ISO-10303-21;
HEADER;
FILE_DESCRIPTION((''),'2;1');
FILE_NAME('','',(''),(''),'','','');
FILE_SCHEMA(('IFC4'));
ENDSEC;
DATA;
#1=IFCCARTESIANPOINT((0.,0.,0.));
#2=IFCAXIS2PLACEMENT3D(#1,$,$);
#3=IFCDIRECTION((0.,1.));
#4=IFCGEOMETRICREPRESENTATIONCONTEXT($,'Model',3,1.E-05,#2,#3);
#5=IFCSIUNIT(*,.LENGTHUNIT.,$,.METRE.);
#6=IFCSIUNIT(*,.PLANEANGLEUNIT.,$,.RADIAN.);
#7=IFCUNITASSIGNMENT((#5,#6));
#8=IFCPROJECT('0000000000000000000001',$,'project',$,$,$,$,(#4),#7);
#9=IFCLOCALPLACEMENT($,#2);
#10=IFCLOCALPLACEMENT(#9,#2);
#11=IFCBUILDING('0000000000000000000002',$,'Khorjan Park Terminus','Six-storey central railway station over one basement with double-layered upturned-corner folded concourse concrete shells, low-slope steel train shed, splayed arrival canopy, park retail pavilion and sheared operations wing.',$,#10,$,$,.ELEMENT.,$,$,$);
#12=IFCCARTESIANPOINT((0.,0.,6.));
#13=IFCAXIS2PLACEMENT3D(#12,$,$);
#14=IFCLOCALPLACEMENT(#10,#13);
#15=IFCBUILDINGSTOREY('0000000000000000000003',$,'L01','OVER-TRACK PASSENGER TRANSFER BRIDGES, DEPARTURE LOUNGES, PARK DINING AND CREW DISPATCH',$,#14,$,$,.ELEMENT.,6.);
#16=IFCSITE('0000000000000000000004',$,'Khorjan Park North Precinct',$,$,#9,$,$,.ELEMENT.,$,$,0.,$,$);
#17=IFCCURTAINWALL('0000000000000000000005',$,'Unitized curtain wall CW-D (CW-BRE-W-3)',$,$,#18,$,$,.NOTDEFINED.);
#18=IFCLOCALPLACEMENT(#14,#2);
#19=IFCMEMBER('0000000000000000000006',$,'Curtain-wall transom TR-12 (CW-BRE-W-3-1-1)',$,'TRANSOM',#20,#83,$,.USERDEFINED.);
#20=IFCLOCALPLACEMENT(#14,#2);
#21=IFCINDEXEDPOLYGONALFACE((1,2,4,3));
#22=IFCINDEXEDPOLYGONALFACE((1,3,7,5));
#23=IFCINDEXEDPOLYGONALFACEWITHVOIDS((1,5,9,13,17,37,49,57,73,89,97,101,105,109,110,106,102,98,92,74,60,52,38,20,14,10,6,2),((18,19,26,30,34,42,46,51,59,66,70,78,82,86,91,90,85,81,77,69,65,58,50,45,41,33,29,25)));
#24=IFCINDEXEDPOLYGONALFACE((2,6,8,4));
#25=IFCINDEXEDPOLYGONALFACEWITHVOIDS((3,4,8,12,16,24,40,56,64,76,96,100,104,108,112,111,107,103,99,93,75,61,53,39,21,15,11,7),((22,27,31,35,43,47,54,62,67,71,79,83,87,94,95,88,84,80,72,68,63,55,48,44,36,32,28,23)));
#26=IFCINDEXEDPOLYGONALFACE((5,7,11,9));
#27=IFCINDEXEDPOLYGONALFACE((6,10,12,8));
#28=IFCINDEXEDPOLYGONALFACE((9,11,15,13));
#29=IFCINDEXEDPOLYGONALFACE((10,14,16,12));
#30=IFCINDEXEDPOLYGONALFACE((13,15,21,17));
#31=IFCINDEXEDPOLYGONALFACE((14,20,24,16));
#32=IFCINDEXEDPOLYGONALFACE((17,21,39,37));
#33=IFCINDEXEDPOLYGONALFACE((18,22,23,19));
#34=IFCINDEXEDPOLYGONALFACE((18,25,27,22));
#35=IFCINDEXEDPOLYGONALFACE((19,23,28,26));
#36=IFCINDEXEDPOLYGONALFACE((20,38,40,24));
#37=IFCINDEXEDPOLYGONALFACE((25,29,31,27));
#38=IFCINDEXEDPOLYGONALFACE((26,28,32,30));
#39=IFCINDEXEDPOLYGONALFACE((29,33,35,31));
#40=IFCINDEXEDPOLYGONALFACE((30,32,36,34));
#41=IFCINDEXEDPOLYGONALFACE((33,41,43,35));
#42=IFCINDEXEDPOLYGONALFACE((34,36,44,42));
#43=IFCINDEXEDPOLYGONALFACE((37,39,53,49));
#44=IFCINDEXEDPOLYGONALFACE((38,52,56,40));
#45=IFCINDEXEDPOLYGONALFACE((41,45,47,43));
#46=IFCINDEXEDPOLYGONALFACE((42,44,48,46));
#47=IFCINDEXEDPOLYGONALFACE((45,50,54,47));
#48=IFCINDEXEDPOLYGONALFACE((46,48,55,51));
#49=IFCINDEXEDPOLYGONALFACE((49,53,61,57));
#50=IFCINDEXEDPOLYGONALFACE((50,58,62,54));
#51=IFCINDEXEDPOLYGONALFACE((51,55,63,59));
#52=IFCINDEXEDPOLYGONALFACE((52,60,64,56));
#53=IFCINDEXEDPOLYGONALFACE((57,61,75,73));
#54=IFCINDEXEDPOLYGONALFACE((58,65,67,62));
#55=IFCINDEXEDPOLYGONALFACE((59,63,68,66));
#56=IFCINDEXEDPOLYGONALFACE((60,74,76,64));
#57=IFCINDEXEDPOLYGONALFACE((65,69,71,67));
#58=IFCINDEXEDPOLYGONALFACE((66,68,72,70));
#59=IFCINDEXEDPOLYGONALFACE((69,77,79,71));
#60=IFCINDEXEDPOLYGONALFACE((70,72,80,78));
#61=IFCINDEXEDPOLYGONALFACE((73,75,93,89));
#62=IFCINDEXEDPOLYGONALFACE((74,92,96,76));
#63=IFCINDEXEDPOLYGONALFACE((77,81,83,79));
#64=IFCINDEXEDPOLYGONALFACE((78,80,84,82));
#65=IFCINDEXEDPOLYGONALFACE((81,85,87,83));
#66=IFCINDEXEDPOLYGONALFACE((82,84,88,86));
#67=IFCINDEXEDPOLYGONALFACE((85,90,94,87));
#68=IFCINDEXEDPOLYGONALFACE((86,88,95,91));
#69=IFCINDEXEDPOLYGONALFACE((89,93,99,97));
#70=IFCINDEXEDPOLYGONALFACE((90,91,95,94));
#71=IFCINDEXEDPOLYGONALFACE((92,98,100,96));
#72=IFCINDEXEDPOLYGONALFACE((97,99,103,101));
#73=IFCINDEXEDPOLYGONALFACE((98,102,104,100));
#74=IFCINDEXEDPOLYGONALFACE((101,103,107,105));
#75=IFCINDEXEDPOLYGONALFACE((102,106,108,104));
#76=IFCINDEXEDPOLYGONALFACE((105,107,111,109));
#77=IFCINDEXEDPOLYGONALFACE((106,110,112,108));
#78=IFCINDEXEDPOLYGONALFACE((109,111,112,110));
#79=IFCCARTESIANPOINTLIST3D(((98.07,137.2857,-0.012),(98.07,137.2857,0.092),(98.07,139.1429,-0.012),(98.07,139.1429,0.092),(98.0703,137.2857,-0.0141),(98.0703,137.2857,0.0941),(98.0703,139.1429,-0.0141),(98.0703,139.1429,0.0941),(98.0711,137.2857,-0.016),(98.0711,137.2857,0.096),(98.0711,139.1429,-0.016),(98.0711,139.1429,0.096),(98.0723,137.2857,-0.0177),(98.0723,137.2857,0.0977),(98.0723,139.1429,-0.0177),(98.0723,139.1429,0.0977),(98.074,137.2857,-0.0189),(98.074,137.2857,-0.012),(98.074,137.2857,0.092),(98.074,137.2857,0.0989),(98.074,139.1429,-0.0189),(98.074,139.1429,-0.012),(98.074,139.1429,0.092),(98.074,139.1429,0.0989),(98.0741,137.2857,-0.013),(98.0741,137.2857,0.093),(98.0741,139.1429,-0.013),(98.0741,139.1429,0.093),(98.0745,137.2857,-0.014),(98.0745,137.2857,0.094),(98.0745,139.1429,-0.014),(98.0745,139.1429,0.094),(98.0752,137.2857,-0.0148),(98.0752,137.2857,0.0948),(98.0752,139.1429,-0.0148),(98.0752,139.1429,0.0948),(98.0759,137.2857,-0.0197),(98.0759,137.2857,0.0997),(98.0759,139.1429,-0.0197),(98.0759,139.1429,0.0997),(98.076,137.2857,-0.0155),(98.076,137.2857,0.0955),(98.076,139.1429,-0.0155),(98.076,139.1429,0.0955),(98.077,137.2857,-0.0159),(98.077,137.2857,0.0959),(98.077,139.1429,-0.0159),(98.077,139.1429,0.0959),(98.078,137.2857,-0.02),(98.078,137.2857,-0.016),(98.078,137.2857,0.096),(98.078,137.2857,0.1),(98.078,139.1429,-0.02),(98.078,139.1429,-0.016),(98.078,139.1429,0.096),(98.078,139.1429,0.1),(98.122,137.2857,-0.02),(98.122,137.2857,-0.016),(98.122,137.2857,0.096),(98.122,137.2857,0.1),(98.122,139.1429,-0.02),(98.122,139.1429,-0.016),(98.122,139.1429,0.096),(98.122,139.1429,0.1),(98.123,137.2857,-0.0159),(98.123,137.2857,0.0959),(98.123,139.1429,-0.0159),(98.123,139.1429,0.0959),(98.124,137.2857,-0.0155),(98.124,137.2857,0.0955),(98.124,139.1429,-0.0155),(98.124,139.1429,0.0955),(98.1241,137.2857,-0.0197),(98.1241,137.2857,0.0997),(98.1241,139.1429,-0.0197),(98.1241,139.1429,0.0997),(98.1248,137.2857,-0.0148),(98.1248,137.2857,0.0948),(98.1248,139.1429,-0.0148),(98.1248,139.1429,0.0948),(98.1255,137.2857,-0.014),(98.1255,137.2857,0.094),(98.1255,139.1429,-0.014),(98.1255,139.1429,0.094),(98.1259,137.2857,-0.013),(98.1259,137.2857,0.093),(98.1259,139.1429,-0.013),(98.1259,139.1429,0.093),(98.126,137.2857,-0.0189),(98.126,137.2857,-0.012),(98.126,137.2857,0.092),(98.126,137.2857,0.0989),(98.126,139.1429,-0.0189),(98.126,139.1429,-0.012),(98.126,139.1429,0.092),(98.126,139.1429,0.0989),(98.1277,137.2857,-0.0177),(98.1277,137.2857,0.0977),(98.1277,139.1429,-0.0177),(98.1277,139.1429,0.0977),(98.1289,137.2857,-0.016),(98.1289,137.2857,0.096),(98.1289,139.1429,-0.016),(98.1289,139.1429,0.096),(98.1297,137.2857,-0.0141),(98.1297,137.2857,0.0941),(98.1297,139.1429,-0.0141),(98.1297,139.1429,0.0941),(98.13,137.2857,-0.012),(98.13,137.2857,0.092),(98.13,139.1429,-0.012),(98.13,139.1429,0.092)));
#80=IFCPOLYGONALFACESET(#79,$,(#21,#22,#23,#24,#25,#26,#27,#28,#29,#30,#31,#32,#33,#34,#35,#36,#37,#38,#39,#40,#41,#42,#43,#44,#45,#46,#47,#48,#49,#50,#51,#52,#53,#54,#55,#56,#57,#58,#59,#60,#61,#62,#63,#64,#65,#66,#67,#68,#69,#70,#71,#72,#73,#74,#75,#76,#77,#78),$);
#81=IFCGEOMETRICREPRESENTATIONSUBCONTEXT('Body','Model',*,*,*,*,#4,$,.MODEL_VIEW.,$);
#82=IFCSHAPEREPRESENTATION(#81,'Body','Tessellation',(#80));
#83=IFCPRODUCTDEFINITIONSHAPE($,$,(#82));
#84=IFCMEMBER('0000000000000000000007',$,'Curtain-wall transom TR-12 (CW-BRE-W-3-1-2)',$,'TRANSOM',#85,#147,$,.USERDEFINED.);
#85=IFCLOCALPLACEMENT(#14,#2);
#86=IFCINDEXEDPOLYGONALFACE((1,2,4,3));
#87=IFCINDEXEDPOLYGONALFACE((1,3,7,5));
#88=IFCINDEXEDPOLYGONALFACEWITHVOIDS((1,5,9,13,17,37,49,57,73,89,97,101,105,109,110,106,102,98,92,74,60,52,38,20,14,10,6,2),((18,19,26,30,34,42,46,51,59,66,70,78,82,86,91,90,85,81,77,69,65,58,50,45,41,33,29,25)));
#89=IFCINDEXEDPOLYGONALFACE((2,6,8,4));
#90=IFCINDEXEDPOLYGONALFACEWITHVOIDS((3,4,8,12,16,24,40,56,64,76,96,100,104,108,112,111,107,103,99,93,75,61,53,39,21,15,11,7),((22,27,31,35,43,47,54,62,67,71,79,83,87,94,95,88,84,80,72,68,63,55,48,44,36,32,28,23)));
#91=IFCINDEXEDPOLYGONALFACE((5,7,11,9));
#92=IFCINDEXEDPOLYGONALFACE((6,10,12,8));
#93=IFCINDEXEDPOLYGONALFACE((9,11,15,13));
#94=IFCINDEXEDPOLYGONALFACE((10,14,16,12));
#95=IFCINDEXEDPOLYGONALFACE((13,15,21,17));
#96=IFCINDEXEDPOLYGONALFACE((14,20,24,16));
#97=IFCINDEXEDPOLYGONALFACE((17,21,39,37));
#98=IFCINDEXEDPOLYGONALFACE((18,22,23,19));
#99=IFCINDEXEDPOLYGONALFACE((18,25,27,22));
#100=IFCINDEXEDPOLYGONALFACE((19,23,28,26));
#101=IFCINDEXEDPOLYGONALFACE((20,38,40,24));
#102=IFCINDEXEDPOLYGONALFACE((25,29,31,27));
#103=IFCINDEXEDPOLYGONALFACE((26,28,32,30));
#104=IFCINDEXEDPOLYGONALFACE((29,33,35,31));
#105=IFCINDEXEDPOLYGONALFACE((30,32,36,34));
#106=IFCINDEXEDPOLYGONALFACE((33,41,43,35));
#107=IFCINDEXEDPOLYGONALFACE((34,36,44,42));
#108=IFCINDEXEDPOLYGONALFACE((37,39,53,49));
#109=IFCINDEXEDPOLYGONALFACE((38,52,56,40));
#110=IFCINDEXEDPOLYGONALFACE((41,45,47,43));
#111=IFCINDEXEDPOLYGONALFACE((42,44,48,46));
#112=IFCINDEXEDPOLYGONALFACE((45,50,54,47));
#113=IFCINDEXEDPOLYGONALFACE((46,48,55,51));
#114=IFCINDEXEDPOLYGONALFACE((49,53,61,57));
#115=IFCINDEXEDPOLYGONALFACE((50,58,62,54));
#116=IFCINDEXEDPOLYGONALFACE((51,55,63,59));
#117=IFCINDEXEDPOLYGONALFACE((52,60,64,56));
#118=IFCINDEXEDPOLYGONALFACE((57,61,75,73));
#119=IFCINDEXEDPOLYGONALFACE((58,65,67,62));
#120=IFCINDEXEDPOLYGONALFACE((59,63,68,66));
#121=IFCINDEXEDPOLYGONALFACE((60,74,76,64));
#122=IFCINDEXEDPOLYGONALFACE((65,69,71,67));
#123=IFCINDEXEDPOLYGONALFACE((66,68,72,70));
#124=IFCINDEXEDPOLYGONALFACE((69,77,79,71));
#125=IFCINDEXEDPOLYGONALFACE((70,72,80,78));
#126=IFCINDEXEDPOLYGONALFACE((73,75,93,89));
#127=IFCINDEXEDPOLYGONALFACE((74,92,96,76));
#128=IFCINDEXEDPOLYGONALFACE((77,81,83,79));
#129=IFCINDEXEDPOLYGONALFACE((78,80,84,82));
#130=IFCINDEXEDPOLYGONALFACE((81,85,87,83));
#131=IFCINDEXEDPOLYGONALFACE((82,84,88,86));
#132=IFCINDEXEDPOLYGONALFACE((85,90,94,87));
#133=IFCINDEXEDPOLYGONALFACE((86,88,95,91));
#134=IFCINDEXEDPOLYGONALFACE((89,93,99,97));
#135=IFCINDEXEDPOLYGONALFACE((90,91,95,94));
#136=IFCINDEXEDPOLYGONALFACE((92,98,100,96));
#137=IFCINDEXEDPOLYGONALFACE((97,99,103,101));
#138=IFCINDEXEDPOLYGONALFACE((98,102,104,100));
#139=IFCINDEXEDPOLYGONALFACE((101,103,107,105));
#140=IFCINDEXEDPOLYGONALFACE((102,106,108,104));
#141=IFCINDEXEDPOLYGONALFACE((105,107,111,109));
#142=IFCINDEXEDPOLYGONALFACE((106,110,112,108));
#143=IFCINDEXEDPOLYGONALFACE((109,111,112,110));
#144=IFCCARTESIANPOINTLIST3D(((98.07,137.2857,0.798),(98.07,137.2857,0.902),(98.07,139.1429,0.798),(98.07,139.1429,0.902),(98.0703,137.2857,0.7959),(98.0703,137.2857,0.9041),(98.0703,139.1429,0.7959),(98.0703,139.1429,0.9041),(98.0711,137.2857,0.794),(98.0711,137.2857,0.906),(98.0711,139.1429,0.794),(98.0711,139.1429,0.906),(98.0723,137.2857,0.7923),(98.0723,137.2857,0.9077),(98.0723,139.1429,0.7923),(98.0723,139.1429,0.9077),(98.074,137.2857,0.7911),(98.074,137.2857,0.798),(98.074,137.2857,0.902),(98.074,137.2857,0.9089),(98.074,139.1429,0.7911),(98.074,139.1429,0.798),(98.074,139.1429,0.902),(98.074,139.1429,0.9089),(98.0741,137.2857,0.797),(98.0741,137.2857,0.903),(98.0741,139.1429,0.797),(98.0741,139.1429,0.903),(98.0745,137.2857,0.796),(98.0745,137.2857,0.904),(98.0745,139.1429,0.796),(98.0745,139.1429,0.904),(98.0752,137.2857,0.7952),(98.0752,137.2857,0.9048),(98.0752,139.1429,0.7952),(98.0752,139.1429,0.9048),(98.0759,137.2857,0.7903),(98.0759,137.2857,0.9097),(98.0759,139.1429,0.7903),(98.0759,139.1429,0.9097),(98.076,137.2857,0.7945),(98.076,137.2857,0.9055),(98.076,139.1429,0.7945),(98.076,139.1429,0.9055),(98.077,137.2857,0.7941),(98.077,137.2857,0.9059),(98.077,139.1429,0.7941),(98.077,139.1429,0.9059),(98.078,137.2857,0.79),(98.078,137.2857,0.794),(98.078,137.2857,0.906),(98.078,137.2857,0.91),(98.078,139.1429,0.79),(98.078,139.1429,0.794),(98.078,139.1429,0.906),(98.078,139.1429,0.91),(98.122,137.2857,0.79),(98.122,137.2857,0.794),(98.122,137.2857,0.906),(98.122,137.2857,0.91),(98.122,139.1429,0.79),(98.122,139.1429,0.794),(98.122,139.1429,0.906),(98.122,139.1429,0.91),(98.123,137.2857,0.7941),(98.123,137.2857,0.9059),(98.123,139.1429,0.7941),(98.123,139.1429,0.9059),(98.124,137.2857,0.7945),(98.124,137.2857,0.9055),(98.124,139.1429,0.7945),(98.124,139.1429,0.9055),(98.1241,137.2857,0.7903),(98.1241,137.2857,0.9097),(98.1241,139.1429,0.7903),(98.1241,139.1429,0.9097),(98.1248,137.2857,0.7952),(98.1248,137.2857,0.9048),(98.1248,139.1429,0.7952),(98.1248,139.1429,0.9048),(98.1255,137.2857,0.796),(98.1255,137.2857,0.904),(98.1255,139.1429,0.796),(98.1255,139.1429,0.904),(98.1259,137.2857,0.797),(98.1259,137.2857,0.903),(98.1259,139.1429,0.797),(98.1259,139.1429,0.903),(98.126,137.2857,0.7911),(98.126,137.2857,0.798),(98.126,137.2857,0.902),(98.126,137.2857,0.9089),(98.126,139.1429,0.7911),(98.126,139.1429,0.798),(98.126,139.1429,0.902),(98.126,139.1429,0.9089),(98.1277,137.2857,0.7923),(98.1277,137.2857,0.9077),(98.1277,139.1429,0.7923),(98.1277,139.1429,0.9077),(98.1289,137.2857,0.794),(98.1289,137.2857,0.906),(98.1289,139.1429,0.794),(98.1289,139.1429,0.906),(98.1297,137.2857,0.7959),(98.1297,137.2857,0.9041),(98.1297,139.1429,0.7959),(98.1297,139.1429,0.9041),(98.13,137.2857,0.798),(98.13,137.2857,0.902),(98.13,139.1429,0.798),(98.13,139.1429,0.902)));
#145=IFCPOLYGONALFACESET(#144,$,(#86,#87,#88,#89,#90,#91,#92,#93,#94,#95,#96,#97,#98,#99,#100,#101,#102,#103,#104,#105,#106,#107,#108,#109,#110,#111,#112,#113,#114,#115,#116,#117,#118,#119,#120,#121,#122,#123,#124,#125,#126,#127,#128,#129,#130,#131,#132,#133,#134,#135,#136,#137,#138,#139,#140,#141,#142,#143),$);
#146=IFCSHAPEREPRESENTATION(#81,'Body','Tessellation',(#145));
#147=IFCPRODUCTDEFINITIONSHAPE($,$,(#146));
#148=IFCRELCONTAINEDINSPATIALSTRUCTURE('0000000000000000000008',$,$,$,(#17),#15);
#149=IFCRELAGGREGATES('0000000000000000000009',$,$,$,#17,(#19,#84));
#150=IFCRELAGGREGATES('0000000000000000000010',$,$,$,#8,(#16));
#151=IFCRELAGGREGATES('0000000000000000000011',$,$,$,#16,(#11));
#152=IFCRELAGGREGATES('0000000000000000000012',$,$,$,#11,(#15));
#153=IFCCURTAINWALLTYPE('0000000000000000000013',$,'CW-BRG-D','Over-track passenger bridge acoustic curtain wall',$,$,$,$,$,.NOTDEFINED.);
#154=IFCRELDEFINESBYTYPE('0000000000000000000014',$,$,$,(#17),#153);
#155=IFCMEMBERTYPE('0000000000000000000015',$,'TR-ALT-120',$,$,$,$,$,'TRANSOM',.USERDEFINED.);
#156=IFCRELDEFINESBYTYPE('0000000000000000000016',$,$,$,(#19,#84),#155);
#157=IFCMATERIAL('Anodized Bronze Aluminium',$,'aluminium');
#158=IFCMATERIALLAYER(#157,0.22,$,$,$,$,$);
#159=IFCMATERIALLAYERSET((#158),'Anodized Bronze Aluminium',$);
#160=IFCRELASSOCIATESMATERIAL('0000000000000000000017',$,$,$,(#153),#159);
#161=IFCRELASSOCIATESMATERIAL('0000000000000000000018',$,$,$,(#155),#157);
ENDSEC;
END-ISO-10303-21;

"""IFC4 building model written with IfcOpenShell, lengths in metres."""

from ifc_helpers import new_model, si_unit, direction, frame, origin, origin_2d, place, context, subcontext, project, spatial, hollow_rectangle, extrude, material, layer, layer_set, material_profile, profile_set, type_object, element, aggregate, save


model = new_model("IFC4")

# Units and contexts
model_context = context("Model", 3, precision=1e-05, world=origin(), true_north=direction((0.0, 1.0)))
body_context = subcontext(model_context, "Body", "Model", "MODEL_VIEW")
ifc_project = project(units=[si_unit("LENGTHUNIT", "METRE"), si_unit("PLANEANGLEUNIT", "RADIAN")], contexts=[model_context])

# Site, building, storey
site_placement = place(None, origin())
site = spatial("IfcSite", under=ifc_project, at=site_placement, Name="Khorjan Park North Precinct", CompositionType="ELEMENT", RefElevation=0.0)
building_placement = place(site_placement, origin())
building = spatial("IfcBuilding", under=site, at=building_placement, Name="Khorjan Park Terminus", Description="Six-storey central railway station over one basement with double-layered upturned-corner folded concourse concrete shells, low-slope steel train shed, splayed arrival canopy, park retail pavilion and sheared operations wing.", CompositionType="ELEMENT")
storey_placement = place(building_placement, frame((0.0, 0.0, 6.0)))
storey = spatial("IfcBuildingStorey", under=building, at=storey_placement, Name="L01", Description="OVER-TRACK PASSENGER TRANSFER BRIDGES, DEPARTURE LOUNGES, PARK DINING AND CREW DISPATCH", CompositionType="ELEMENT", Elevation=6.0)

# Curtain wall, members
ifc_material_1 = material(Name="Anodized Bronze Aluminium", Category="aluminium")
ifc_layer_1 = layer(ifc_material_1, 0.22)
ifc_layer_set_1 = layer_set([ifc_layer_1], Name="Anodized Bronze Aluminium")
curtain_wall_type = type_object("IfcCurtainWallType", Name="CW-BRG-D", Description="Over-track passenger bridge acoustic curtain wall", PredefinedType="NOTDEFINED", material=ifc_layer_set_1)
curtain_wall_1_placement = place(storey_placement, origin())
curtain_wall_1 = element("IfcCurtainWall", 1, at=curtain_wall_1_placement, inside=storey, type_object=curtain_wall_type, Name="Unitized curtain wall CW-D (CW-BRE-W-3)", PredefinedType="NOTDEFINED")
ifc_material_profile_1 = material_profile(ifc_material_1, hollow_rectangle(XDim=0.06, YDim=0.12, WallThickness=0.004, InnerFilletRadius=0.004, OuterFilletRadius=0.008, at=origin_2d()), Name="ALT 60x120x4")
ifc_profile_set_1 = profile_set([ifc_material_profile_1], Name="Anodized Bronze Aluminium")
member_type_1 = type_object("IfcMemberType", Name="TR-ALT-120", ElementType="TRANSOM", PredefinedType="USERDEFINED", material=ifc_profile_set_1)
member_1_placement = place(storey_placement, frame((98.1, 139.1429, 0.04), z_axis=(0.0, -1.0, 0.0), x_axis=(1.0, 0.0, 0.0)))
member_1 = element("IfcMember", 2, at=member_1_placement, type_object=member_type_1, Name="Curtain-wall transom TR-12 (CW-BRE-W-3-1-1)", ObjectType="TRANSOM", PredefinedType="USERDEFINED", context=body_context, shape_type="SweptSolid", body=[
    extrude(hollow_rectangle(XDim=0.06, YDim=0.12, WallThickness=0.004, InnerFilletRadius=0.004, OuterFilletRadius=0.008, at=origin_2d()), origin(), (0.0, 0.0, 1.0), 1.8572),
])
member_2_placement = place(storey_placement, frame((98.1, 139.1429, 0.85), z_axis=(0.0, -1.0, 0.0), x_axis=(1.0, 0.0, 0.0)))
member_2 = element("IfcMember", 3, at=member_2_placement, type_object=member_type_1, Name="Curtain-wall transom TR-12 (CW-BRE-W-3-1-2)", ObjectType="TRANSOM", PredefinedType="USERDEFINED", context=body_context, shape_type="SweptSolid", body=[
    extrude(hollow_rectangle(XDim=0.06, YDim=0.12, WallThickness=0.004, InnerFilletRadius=0.004, OuterFilletRadius=0.008, at=origin_2d()), origin(), (0.0, 0.0, 1.0), 1.8572),
])

aggregate(curtain_wall_1, [member_1, member_2])

save(model, "model.ifc")
